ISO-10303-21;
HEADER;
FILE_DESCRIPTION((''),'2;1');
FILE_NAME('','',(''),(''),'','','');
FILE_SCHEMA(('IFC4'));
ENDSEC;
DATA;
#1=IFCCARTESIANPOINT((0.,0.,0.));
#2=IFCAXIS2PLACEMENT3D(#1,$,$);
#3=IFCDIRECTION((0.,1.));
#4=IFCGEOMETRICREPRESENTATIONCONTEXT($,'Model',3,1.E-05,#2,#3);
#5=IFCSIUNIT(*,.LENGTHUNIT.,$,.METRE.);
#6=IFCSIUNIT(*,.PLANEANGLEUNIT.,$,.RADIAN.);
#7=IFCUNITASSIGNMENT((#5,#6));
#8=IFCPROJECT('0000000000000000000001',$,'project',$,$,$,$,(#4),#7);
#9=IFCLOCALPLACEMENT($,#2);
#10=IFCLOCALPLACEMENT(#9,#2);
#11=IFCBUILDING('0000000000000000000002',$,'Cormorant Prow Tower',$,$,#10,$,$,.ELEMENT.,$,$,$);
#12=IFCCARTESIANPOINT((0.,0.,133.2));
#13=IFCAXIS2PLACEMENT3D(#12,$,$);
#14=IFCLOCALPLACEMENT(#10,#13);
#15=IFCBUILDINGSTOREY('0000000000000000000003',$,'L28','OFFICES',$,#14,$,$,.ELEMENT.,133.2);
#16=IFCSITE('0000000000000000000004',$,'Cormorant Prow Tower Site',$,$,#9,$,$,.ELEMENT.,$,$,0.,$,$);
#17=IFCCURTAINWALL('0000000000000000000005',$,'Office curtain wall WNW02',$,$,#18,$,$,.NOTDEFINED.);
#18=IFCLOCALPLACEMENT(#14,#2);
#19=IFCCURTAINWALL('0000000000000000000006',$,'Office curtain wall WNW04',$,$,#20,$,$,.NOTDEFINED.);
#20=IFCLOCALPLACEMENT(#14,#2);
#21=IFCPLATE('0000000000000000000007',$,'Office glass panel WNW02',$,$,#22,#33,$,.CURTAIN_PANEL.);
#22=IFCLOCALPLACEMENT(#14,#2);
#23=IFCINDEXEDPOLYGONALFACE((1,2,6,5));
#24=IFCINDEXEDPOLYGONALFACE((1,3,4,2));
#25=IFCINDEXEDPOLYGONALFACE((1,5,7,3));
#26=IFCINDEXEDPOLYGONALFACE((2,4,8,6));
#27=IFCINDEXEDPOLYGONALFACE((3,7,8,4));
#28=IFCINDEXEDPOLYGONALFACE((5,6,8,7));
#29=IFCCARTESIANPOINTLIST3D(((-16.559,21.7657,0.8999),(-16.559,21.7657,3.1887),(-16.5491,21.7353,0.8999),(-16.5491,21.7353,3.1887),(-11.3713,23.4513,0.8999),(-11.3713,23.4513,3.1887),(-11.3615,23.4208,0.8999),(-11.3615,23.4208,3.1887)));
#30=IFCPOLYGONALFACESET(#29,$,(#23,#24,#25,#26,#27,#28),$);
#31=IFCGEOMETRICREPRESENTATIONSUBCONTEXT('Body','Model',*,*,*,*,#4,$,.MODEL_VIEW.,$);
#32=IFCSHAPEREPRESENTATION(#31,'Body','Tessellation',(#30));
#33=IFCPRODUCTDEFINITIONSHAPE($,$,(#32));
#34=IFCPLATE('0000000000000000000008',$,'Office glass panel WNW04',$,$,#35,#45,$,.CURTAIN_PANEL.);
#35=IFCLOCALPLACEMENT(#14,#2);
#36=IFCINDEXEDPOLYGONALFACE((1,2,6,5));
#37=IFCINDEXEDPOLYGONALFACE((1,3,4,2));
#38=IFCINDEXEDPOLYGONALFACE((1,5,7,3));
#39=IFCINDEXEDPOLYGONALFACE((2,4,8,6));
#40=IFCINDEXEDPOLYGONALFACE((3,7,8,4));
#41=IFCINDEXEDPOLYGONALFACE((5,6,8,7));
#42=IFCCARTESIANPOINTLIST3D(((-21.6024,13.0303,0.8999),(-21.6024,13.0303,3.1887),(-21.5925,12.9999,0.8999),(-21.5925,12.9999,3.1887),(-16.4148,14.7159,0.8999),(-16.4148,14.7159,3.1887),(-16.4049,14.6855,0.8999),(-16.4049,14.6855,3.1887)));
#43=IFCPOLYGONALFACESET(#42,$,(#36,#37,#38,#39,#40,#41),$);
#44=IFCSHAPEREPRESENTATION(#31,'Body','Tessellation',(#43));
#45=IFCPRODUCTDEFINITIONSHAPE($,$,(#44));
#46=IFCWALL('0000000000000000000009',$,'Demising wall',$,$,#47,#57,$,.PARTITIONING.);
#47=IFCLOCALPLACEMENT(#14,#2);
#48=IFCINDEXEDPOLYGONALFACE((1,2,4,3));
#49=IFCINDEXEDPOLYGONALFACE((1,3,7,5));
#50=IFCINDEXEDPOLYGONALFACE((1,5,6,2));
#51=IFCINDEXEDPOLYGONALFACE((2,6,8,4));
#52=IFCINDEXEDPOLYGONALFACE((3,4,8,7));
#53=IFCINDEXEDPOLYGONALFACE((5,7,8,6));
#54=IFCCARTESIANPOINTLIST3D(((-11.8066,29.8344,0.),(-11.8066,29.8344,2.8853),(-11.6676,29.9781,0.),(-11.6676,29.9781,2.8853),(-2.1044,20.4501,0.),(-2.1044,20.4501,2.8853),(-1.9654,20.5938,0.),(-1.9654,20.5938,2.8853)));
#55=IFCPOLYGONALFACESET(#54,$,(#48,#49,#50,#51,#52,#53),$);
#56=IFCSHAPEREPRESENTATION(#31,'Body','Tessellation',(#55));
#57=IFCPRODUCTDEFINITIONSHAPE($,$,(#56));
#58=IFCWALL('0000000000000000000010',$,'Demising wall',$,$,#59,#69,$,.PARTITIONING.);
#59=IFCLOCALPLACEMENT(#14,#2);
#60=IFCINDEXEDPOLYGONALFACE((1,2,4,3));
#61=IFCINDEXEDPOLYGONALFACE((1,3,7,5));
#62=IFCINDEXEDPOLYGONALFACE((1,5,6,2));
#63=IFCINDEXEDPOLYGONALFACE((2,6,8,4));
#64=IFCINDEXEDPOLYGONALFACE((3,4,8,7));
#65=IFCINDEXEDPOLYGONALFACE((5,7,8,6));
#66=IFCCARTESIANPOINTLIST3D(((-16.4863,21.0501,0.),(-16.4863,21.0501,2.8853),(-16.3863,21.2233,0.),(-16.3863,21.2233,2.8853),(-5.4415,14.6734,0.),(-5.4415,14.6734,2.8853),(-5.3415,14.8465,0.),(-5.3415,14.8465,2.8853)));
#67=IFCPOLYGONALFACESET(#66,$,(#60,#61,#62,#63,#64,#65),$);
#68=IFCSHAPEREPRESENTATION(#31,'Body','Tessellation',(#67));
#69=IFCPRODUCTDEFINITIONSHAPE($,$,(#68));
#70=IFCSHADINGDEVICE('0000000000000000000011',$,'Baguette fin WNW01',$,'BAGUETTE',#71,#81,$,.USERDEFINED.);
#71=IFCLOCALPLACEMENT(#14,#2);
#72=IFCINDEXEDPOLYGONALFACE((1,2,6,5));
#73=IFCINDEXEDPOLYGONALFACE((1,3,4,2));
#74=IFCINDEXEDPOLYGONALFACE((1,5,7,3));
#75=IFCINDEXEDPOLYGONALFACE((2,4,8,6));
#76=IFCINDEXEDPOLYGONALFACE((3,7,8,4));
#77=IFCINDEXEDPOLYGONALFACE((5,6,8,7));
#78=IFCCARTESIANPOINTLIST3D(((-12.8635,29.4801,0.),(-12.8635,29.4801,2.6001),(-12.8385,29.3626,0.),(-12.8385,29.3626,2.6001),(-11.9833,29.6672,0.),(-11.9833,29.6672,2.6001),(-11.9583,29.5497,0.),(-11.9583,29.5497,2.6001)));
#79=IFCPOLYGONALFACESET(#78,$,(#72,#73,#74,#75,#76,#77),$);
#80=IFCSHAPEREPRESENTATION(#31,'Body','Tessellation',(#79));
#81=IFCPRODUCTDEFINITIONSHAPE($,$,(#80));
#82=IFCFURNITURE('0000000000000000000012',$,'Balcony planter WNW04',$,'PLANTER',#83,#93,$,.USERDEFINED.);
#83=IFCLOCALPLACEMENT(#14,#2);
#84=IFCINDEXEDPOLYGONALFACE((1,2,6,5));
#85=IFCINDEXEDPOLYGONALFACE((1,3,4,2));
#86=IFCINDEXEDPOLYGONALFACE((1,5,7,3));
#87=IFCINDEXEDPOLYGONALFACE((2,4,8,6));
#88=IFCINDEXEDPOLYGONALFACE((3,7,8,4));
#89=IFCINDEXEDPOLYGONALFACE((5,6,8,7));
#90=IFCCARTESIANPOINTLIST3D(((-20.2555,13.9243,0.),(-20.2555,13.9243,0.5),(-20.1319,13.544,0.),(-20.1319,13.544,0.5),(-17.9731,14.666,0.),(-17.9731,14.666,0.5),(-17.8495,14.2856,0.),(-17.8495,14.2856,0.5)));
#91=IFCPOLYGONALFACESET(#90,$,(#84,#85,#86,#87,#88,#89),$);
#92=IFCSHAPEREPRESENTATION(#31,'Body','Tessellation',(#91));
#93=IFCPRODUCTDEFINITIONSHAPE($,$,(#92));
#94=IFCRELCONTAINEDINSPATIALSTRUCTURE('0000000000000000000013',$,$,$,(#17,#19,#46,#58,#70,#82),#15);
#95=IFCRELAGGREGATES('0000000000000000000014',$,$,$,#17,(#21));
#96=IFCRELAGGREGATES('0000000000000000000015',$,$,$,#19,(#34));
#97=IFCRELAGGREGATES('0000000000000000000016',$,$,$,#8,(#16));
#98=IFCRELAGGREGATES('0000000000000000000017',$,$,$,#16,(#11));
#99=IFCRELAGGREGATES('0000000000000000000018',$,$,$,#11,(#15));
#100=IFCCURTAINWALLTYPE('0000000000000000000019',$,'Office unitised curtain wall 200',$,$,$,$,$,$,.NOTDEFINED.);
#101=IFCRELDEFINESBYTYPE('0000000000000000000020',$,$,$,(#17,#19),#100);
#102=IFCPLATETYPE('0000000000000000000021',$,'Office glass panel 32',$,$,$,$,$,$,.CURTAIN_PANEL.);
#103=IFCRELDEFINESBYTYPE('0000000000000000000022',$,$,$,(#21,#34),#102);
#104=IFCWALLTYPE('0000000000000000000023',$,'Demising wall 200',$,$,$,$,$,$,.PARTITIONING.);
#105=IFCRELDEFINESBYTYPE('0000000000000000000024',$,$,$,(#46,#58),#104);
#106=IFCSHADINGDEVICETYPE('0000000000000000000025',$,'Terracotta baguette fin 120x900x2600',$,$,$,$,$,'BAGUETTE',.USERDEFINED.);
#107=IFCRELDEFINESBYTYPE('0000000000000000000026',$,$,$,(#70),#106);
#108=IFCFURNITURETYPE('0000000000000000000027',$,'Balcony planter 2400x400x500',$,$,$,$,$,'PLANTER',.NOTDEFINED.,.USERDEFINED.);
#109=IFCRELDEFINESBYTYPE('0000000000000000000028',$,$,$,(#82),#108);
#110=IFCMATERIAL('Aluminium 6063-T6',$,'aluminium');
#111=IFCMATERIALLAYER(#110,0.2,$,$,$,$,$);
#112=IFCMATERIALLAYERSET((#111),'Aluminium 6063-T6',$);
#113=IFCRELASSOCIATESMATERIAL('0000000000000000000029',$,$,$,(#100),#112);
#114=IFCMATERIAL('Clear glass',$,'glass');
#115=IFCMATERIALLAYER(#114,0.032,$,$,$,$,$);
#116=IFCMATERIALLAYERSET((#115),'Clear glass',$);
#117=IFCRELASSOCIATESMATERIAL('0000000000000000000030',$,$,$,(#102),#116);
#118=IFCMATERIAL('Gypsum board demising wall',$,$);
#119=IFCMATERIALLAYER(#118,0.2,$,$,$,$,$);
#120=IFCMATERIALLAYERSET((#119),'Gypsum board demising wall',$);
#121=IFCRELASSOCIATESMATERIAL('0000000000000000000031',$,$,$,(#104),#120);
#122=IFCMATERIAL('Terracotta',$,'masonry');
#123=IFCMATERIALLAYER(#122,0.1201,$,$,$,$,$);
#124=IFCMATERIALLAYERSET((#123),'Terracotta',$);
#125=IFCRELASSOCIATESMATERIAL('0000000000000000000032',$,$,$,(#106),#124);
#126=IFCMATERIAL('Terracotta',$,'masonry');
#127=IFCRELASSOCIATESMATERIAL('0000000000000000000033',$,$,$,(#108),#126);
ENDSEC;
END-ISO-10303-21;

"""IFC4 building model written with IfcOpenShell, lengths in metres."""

from ifc_helpers import new_model, si_unit, direction, frame, frame_2d, origin, origin_2d, place, context, subcontext, project, spatial, rectangle, extrude, material, layer, layer_set, type_object, element, aggregate, save


model = new_model("IFC4")

# Units and contexts
model_context = context("Model", 3, precision=1e-05, world=origin(), true_north=direction((0.0, 1.0)))
body_context = subcontext(model_context, "Body", "Model", "MODEL_VIEW")
ifc_project = project(units=[si_unit("LENGTHUNIT", "METRE"), si_unit("PLANEANGLEUNIT", "RADIAN")], contexts=[model_context])

# Site, building, storey
site_placement = place(None, origin())
site = spatial("IfcSite", under=ifc_project, at=site_placement, Name="Cormorant Prow Tower Site", CompositionType="ELEMENT", RefElevation=0.0)
building_placement = place(site_placement, origin())
building = spatial("IfcBuilding", under=site, at=building_placement, Name="Cormorant Prow Tower", CompositionType="ELEMENT")
storey_placement = place(building_placement, frame((0.0, 0.0, 133.2)))
storey = spatial("IfcBuildingStorey", under=building, at=storey_placement, Name="L28", Description="OFFICES", CompositionType="ELEMENT", Elevation=133.2)

# Curtain walls
ifc_material_1 = material(Name="Aluminium 6063-T6", Category="aluminium")
ifc_layer_1 = layer(ifc_material_1, 0.2)
ifc_layer_set_1 = layer_set([ifc_layer_1], Name="Aluminium 6063-T6")
curtain_wall_type = type_object("IfcCurtainWallType", Name="Office unitised curtain wall 200", PredefinedType="NOTDEFINED", material=ifc_layer_set_1)
curtain_wall_1_placement = place(storey_placement, origin())
curtain_wall_1 = element("IfcCurtainWall", 1, at=curtain_wall_1_placement, inside=storey, type_object=curtain_wall_type, Name="Office curtain wall WNW02", PredefinedType="NOTDEFINED")
curtain_wall_2_placement = place(storey_placement, origin())
curtain_wall_2 = element("IfcCurtainWall", 2, at=curtain_wall_2_placement, inside=storey, type_object=curtain_wall_type, Name="Office curtain wall WNW04", PredefinedType="NOTDEFINED")

# Plates
ifc_material_2 = material(Name="Clear glass", Category="glass")
ifc_layer_2 = layer(ifc_material_2, 0.032)
ifc_layer_set_2 = layer_set([ifc_layer_2], Name="Clear glass")
plate_type = type_object("IfcPlateType", Name="Office glass panel 32", PredefinedType="CURTAIN_PANEL", material=ifc_layer_set_2)
plate_1_placement = place(storey_placement, frame((-13.9602, 22.5933, 0.8999), z_axis=(0.0, 0.0, 1.0), x_axis=(-0.951057, -0.309017, 0.0)))
plate_1 = element("IfcPlate", 3, at=plate_1_placement, type_object=plate_type, Name="Office glass panel WNW02", PredefinedType="CURTAIN_PANEL", context=body_context, shape_type="SweptSolid", body=[
    extrude(rectangle(XDim=5.4546, YDim=0.032, at=origin_2d()), origin(), (0.0, 0.0, 1.0), 2.2888),
])
aggregate(curtain_wall_1, [plate_1])
plate_2_placement = place(storey_placement, frame((-19.0037, 13.8579, 0.8999), z_axis=(0.0, 0.0, 1.0), x_axis=(-0.951057, -0.309017, 0.0)))
plate_2 = element("IfcPlate", 4, at=plate_2_placement, type_object=plate_type, Name="Office glass panel WNW04", PredefinedType="CURTAIN_PANEL", context=body_context, shape_type="SweptSolid", body=[
    extrude(rectangle(XDim=5.4546, YDim=0.032, at=origin_2d()), origin(), (0.0, 0.0, 1.0), 2.2888),
])
aggregate(curtain_wall_2, [plate_2])

# Walls
ifc_material_3 = material(Name="Gypsum board demising wall")
ifc_layer_3 = layer(ifc_material_3, 0.2)
ifc_layer_set_3 = layer_set([ifc_layer_3], Name="Gypsum board demising wall")
wall_type_1 = type_object("IfcWallType", Name="Demising wall 200", PredefinedType="PARTITIONING", material=ifc_layer_set_3)
wall_1_placement = place(storey_placement, frame((-11.7371, 29.9062, 0.0), z_axis=(0.0, 0.0, 1.0), x_axis=(0.718783, -0.695234, 0.0)))
element("IfcWall", 5, at=wall_1_placement, inside=storey, type_object=wall_type_1, Name="Demising wall", PredefinedType="PARTITIONING", context=body_context, shape_type="SweptSolid", body=[
    extrude(rectangle(XDim=13.498, YDim=0.2, at=frame_2d((6.749, 0.0))), origin(), (0.0, 0.0, 1.0), 2.8853),
])
wall_2_placement = place(storey_placement, frame((-16.4363, 21.1367, 0.0), z_axis=(0.0, 0.0, 1.0), x_axis=(0.866023, -0.500004, 0.0)))
element("IfcWall", 6, at=wall_2_placement, inside=storey, type_object=wall_type_1, Name="Demising wall", PredefinedType="PARTITIONING", context=body_context, shape_type="SweptSolid", body=[
    extrude(rectangle(XDim=12.7534, YDim=0.2, at=frame_2d((6.3767, 0.0))), origin(), (0.0, 0.0, 1.0), 2.8853),
])

# Shading device
ifc_material_4 = material(Name="Terracotta", Category="masonry")
ifc_layer_4 = layer(ifc_material_4, 0.1201)
ifc_layer_set_4 = layer_set([ifc_layer_4], Name="Terracotta")
shading_device_type = type_object("IfcShadingDeviceType", Name="Terracotta baguette fin 120x900x2600", ElementType="BAGUETTE", PredefinedType="USERDEFINED", material=ifc_layer_set_4)
shading_device_placement = place(storey_placement, frame((-12.4109, 29.5149, 0.0), z_axis=(0.0, 0.0, 1.0), x_axis=(0.207912, -0.978148, 0.0)))
element("IfcShadingDevice", 7, at=shading_device_placement, inside=storey, type_object=shading_device_type, Name="Baguette fin WNW01", ObjectType="BAGUETTE", PredefinedType="USERDEFINED", context=body_context, shape_type="SweptSolid", body=[
    extrude(rectangle(XDim=0.1201, YDim=0.8999, at=origin_2d()), origin(), (0.0, 0.0, 1.0), 2.6001),
])

# Furniture
ifc_material_5 = material(Name="Terracotta", Category="masonry")
furniture_type = type_object("IfcFurnitureType", Name="Balcony planter 2400x400x500", ElementType="PLANTER", AssemblyPlace="NOTDEFINED", PredefinedType="USERDEFINED", material=ifc_material_5)
furniture_placement = place(storey_placement, frame((-19.0525, 14.105, 0.0), z_axis=(0.0, 0.0, 1.0), x_axis=(-0.951057, -0.309017, 0.0)))
element("IfcFurniture", 8, at=furniture_placement, inside=storey, type_object=furniture_type, Name="Balcony planter WNW04", ObjectType="PLANTER", PredefinedType="USERDEFINED", context=body_context, shape_type="SweptSolid", body=[
    extrude(rectangle(XDim=2.3999, YDim=0.3999, at=origin_2d()), origin(), (0.0, 0.0, 1.0), 0.5),
])

save(model, "model.ifc")
